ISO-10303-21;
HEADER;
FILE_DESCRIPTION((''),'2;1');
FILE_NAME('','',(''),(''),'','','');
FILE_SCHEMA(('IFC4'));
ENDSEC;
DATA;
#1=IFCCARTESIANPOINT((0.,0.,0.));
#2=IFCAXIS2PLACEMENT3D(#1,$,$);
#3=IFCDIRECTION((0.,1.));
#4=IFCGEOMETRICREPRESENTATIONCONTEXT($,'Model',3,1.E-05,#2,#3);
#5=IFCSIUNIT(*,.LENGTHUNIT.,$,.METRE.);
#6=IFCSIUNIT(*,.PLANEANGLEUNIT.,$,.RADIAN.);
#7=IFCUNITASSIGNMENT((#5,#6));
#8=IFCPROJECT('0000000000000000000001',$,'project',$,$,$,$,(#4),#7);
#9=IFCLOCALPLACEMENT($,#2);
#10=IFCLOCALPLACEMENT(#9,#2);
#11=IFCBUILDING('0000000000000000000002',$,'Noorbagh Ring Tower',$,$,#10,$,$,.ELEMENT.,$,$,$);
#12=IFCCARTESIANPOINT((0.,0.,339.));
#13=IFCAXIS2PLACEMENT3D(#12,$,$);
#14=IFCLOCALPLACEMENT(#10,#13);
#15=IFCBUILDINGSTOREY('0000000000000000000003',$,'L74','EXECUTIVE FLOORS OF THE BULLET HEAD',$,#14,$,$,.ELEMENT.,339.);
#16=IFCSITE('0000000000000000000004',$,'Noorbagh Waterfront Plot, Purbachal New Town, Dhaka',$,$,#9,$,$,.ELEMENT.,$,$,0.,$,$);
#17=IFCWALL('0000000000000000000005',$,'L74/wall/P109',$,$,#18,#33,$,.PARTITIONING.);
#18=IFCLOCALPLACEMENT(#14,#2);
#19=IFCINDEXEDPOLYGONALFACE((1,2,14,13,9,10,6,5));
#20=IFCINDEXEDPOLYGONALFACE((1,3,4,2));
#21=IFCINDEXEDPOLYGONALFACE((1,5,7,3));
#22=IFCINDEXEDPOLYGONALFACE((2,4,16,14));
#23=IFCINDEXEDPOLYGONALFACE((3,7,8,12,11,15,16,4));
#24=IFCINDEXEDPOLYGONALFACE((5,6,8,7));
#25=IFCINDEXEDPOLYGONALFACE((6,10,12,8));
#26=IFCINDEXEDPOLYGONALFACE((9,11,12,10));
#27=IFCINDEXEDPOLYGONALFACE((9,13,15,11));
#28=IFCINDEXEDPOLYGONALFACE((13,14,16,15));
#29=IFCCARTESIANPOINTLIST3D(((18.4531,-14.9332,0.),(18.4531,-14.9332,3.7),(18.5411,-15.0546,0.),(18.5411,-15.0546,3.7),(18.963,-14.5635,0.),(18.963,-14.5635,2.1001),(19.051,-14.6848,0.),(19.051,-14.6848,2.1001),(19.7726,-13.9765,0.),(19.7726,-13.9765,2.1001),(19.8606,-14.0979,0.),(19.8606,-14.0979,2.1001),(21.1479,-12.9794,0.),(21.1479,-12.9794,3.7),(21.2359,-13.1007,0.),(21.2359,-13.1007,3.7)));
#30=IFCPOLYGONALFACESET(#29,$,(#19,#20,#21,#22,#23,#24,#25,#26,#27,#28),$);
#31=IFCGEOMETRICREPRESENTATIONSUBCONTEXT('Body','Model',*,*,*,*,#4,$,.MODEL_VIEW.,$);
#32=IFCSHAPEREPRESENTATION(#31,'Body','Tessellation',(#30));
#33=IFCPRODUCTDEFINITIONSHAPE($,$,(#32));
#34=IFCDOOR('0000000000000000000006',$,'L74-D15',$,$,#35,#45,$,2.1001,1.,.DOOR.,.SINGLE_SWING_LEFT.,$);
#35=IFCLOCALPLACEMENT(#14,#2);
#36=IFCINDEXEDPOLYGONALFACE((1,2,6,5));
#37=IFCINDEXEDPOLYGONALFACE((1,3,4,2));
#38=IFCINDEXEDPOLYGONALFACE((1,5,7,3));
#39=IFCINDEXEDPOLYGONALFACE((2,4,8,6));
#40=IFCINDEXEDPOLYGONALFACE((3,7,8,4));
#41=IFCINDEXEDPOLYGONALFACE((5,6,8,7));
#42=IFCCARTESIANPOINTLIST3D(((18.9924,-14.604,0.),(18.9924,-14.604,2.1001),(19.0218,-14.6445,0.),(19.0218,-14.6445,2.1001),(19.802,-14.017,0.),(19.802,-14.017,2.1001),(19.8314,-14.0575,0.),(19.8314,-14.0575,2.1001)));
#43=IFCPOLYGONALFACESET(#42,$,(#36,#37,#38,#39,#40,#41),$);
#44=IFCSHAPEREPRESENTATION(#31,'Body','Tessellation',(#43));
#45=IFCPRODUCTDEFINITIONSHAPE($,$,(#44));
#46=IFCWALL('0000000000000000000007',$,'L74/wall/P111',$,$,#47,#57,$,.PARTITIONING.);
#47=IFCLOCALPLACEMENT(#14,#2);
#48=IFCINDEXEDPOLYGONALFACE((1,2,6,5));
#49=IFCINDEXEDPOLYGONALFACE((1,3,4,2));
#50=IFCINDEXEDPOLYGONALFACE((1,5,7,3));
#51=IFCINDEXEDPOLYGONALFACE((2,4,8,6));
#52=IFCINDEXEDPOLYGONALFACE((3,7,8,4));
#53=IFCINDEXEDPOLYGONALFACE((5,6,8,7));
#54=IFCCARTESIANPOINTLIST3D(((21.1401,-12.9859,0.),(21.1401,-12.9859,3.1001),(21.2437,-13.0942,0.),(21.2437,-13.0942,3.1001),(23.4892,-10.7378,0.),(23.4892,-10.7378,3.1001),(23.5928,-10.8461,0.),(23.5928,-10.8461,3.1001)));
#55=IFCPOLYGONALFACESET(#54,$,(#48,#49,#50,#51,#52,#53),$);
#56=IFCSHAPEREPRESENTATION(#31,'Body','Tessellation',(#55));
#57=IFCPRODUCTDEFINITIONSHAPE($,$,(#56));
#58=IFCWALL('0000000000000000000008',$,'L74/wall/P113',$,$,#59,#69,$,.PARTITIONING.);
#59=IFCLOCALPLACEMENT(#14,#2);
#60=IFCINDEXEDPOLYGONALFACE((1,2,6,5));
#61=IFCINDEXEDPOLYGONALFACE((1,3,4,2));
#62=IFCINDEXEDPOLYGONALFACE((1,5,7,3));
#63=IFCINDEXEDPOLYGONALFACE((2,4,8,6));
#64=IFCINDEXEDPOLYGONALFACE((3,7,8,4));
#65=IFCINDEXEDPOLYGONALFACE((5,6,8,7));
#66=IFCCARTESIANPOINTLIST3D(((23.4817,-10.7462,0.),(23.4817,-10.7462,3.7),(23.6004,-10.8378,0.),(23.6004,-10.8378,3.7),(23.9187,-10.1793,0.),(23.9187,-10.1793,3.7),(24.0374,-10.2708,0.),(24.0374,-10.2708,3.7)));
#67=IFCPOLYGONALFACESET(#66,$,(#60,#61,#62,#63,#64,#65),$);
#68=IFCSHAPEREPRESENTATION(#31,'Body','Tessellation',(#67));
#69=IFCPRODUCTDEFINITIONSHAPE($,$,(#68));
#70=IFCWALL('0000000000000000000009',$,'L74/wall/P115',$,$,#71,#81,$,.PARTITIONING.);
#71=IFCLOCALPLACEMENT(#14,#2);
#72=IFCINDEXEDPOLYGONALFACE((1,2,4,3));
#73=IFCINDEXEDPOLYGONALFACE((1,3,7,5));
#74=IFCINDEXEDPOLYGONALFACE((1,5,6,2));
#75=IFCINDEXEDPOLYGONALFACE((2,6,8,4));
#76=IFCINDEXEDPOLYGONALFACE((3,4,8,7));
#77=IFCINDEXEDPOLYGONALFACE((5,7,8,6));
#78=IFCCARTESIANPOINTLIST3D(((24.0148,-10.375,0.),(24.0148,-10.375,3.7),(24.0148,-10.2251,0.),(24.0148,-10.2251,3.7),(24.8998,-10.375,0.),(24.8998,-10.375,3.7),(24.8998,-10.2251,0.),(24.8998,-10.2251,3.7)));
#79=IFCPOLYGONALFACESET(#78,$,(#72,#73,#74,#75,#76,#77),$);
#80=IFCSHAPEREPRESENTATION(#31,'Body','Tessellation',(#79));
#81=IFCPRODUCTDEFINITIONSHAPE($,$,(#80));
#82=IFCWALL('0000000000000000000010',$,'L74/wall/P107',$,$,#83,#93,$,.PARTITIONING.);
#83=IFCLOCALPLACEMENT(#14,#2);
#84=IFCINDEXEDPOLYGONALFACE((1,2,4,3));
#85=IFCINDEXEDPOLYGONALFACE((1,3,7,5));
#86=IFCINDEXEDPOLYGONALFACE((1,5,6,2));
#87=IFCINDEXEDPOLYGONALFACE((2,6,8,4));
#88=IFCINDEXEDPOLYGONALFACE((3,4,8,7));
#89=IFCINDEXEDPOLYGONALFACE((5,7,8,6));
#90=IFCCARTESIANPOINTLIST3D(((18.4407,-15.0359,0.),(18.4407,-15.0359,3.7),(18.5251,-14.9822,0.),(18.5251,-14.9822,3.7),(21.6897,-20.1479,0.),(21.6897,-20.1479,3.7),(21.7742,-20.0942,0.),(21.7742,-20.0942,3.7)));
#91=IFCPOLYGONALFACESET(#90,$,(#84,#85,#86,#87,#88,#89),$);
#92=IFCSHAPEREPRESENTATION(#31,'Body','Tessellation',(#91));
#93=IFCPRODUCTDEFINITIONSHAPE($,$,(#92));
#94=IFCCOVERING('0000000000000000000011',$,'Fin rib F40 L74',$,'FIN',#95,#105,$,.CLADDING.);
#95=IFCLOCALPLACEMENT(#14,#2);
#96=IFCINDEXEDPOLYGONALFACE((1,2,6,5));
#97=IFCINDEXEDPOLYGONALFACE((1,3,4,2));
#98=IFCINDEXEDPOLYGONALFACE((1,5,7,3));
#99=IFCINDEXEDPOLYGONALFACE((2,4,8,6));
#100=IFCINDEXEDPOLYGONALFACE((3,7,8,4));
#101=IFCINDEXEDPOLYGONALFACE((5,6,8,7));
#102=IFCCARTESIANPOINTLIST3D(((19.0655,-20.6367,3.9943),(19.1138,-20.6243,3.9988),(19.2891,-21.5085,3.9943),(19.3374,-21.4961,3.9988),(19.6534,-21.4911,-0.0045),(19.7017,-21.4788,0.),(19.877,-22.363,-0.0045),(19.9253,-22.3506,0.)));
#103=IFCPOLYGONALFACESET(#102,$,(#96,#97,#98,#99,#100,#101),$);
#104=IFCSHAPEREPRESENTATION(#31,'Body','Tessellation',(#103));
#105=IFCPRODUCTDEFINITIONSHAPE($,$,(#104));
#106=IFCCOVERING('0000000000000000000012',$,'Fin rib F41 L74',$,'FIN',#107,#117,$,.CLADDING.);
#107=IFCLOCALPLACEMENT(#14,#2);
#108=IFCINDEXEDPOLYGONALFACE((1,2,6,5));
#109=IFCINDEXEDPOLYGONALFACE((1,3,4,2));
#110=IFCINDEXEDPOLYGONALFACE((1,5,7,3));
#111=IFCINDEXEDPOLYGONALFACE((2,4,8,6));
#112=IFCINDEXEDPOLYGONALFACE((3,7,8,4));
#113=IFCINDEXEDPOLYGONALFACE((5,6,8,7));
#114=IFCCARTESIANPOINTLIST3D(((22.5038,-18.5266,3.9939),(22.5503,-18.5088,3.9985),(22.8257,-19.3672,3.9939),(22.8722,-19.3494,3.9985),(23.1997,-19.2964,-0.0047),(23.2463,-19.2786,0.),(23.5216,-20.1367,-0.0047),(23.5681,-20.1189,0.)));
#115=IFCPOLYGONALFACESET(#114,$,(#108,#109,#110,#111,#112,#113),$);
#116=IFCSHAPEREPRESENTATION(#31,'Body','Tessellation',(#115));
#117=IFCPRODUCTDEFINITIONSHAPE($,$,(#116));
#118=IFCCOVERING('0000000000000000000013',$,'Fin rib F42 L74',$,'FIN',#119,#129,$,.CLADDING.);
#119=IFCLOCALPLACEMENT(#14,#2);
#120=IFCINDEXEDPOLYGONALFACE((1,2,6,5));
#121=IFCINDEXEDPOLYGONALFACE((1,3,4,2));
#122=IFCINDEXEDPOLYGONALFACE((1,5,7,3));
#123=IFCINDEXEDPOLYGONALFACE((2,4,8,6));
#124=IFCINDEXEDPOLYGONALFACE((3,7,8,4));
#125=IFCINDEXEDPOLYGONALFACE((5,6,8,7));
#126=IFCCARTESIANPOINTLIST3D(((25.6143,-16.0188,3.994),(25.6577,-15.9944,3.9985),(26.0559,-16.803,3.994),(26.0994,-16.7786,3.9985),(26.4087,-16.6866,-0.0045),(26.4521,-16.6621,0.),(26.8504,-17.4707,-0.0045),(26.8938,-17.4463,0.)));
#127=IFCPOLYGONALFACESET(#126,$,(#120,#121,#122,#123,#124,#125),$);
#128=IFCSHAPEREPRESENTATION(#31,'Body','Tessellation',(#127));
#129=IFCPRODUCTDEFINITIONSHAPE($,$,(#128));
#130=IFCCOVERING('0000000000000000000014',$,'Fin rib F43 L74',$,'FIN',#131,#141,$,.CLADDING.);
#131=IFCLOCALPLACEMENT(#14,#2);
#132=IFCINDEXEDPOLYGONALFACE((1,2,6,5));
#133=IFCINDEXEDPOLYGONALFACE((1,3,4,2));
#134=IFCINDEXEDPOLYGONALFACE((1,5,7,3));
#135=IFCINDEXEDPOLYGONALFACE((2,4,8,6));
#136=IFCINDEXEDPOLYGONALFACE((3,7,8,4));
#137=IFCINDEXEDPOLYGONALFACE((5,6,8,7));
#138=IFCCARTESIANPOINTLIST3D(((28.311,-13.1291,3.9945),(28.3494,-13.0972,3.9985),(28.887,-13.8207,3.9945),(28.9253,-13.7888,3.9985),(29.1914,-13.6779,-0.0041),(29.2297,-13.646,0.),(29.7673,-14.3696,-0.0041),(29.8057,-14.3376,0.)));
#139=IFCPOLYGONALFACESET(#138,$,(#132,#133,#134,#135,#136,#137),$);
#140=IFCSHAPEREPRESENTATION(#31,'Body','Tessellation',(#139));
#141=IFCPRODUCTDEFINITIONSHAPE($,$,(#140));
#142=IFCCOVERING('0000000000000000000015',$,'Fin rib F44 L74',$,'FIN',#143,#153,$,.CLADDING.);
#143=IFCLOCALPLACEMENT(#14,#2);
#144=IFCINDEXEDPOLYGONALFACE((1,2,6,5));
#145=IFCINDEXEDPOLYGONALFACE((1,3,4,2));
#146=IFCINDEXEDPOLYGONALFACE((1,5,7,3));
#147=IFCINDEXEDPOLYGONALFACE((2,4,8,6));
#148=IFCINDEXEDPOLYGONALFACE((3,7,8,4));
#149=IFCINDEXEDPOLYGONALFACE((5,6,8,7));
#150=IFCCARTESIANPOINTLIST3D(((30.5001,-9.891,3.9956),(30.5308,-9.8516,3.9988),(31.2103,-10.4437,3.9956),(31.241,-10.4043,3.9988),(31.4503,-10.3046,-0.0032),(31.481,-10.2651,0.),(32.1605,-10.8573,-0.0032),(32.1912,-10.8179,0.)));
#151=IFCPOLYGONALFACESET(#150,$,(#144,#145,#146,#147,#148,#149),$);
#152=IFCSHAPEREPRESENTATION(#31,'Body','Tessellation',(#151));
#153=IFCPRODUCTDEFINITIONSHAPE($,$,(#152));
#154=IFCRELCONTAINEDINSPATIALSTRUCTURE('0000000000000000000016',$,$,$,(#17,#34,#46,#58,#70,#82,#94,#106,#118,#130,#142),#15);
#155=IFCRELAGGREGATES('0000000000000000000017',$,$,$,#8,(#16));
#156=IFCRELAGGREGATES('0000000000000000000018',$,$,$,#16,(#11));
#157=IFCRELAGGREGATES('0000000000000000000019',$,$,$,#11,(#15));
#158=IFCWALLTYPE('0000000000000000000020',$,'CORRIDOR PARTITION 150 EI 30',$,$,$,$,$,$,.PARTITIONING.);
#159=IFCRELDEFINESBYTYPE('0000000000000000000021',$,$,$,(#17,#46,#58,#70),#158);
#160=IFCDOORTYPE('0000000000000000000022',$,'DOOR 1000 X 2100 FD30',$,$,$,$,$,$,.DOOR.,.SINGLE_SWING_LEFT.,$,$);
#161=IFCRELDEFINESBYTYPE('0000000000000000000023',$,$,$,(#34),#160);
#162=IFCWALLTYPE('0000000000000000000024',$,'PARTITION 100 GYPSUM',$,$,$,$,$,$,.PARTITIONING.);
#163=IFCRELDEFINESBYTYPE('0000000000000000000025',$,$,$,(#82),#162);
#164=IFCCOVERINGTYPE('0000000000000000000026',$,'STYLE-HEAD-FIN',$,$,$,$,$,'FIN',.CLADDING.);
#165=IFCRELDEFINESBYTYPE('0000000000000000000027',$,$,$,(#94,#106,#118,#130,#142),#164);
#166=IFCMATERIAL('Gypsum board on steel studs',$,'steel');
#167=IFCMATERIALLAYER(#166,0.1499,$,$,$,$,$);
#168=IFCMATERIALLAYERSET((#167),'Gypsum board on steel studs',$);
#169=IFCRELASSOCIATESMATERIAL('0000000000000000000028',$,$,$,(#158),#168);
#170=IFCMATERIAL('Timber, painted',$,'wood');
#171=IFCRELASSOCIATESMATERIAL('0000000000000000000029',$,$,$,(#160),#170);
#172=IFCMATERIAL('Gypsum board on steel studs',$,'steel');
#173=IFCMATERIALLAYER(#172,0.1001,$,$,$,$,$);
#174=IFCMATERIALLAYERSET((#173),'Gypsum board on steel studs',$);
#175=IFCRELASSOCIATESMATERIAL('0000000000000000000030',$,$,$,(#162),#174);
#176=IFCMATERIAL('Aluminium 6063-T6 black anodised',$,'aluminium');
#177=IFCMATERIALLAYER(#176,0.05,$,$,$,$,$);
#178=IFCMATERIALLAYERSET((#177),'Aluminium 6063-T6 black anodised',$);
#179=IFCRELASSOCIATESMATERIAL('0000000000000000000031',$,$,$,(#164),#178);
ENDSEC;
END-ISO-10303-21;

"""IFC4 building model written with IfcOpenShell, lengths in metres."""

from ifc_helpers import new_model, si_unit, direction, frame, frame_2d, origin, place, context, subcontext, project, spatial, polyline, rectangle, outline, extrude, material, layer, layer_set, type_object, element, fill, save


model = new_model("IFC4")

# Units and contexts
model_context = context("Model", 3, precision=1e-05, world=origin(), true_north=direction((0.0, 1.0)))
body_context = subcontext(model_context, "Body", "Model", "MODEL_VIEW")
ifc_project = project(units=[si_unit("LENGTHUNIT", "METRE"), si_unit("PLANEANGLEUNIT", "RADIAN")], contexts=[model_context])

# Site, building, storey
site_placement = place(None, origin())
site = spatial("IfcSite", under=ifc_project, at=site_placement, Name="Noorbagh Waterfront Plot, Purbachal New Town, Dhaka", CompositionType="ELEMENT", RefElevation=0.0)
building_placement = place(site_placement, origin())
building = spatial("IfcBuilding", under=site, at=building_placement, Name="Noorbagh Ring Tower", CompositionType="ELEMENT")
storey_placement = place(building_placement, frame((0.0, 0.0, 339.0)))
storey = spatial("IfcBuildingStorey", under=building, at=storey_placement, Name="L74", Description="EXECUTIVE FLOORS OF THE BULLET HEAD", CompositionType="ELEMENT", Elevation=339.0)

# Shared definitions
ifc_material_1 = material(Name="Gypsum board on steel studs", Category="steel")
ifc_layer_1 = layer(ifc_material_1, 0.1499)
ifc_layer_set_1 = layer_set([ifc_layer_1], Name="Gypsum board on steel studs")
wall_type_1 = type_object("IfcWallType", Name="CORRIDOR PARTITION 150 EI 30", PredefinedType="PARTITIONING", material=ifc_layer_set_1)

# Wall, opening, door
wall_1_placement = place(storey_placement, frame((18.4971, -14.9939, 0.0), z_axis=(0.0, 0.0, 1.0), x_axis=(0.809595, 0.586989, 0.0)))
wall_1 = element("IfcWall", 1, at=wall_1_placement, inside=storey, type_object=wall_type_1, Name="L74/wall/P109", PredefinedType="PARTITIONING", context=body_context, shape_type="SweptSolid", body=[
    extrude(rectangle(XDim=3.3286, YDim=0.1499, at=frame_2d((1.6643, 0.0))), origin(), (0.0, 0.0, 1.0), 3.7),
])
opening_placement = place(wall_1_placement, frame((0.6299, 0.0, 0.0)))
opening = element("IfcOpeningElement", 2, at=opening_placement, cuts=wall_1, PredefinedType="OPENING", context=body_context, shape_type="SweptSolid", body=[
    extrude(rectangle(XDim=1.0, YDim=2.1001, at=frame_2d((0.5, 1.05))), frame((0.0, 0.085, 0.0), z_axis=(0.0, -1.0, 0.0), x_axis=(1.0, 0.0, 0.0)), (0.0, 0.0, 1.0), 0.1699),
])
ifc_material_2 = material(Name="Timber, painted", Category="wood")
door_type = type_object("IfcDoorType", Name="DOOR 1000 X 2100 FD30", OperationType="SINGLE_SWING_LEFT", PredefinedType="DOOR", material=ifc_material_2)
door_placement = place(opening_placement, origin())
door = element("IfcDoor", 3, at=door_placement, inside=storey, type_object=door_type, Name="L74-D15", OperationType="SINGLE_SWING_LEFT", OverallHeight=2.1001, OverallWidth=1.0, PredefinedType="DOOR", context=body_context, shape_type="SweptSolid", body=[
    extrude(rectangle(XDim=1.0, YDim=2.1001, at=frame_2d((0.5, 1.05))), frame((0.0, 0.0249, 0.0), z_axis=(0.0, -1.0, 0.0), x_axis=(1.0, 0.0, 0.0)), (0.0, 0.0, 1.0), 0.05),
])
fill(opening, door)

# Walls
wall_2_placement = place(storey_placement, frame((21.1919, -13.04, 0.0), z_axis=(0.0, 0.0, 1.0), x_axis=(0.722479, 0.691393, 0.0)))
element("IfcWall", 4, at=wall_2_placement, inside=storey, type_object=wall_type_1, Name="L74/wall/P111", PredefinedType="PARTITIONING", context=body_context, shape_type="SweptSolid", body=[
    extrude(rectangle(XDim=3.2515, YDim=0.1499, at=frame_2d((1.6257, 0.0))), origin(), (0.0, 0.0, 1.0), 3.1001),
])
wall_3_placement = place(storey_placement, frame((23.541, -10.792, 0.0), z_axis=(0.0, 0.0, 1.0), x_axis=(0.610535, 0.79199, 0.0)))
element("IfcWall", 5, at=wall_3_placement, inside=storey, type_object=wall_type_1, Name="L74/wall/P113", PredefinedType="PARTITIONING", context=body_context, shape_type="SweptSolid", body=[
    extrude(rectangle(XDim=0.7158, YDim=0.1499, at=frame_2d((0.3579, 0.0))), origin(), (0.0, 0.0, 1.0), 3.7),
])
wall_4_placement = place(storey_placement, frame((24.0149, -10.3, 0.0), z_axis=(0.0, 0.0, 1.0), x_axis=(1.0, 0.0, 0.0)))
element("IfcWall", 6, at=wall_4_placement, inside=storey, type_object=wall_type_1, Name="L74/wall/P115", PredefinedType="PARTITIONING", context=body_context, shape_type="SweptSolid", body=[
    extrude(rectangle(XDim=0.885, YDim=0.1499, at=frame_2d((0.4424, 0.0))), origin(), (0.0, 0.0, 1.0), 3.7),
])
ifc_material_3 = material(Name="Gypsum board on steel studs", Category="steel")
ifc_layer_2 = layer(ifc_material_3, 0.1001)
ifc_layer_set_2 = layer_set([ifc_layer_2], Name="Gypsum board on steel studs")
wall_type_2 = type_object("IfcWallType", Name="PARTITION 100 GYPSUM", PredefinedType="PARTITIONING", material=ifc_layer_set_2)
wall_5_placement = place(storey_placement, frame((18.4829, -15.009, 0.0), z_axis=(0.0, 0.0, 1.0), x_axis=(0.536393, -0.843968, 0.0)))
element("IfcWall", 7, at=wall_5_placement, inside=storey, type_object=wall_type_2, Name="L74/wall/P107", PredefinedType="PARTITIONING", context=body_context, shape_type="SweptSolid", body=[
    extrude(rectangle(XDim=6.0571, YDim=0.1001, at=frame_2d((3.0286, 0.0))), origin(), (0.0, 0.0, 1.0), 3.7),
])

# Coverings
ifc_material_4 = material(Name="Aluminium 6063-T6 black anodised", Category="aluminium")
ifc_layer_3 = layer(ifc_material_4, 0.05)
ifc_layer_set_3 = layer_set([ifc_layer_3], Name="Aluminium 6063-T6 black anodised")
covering_type_1 = type_object("IfcCoveringType", Name="STYLE-HEAD-FIN", ElementType="FIN", PredefinedType="CLADDING", material=ifc_layer_set_3)
covering_1_placement = place(storey_placement, frame((19.9253, -22.3506, 0.0), z_axis=(0.9648, 0.247482, 0.088959), x_axis=(-0.142308, 0.206844, 0.967969)))
element("IfcCovering", 8, at=covering_1_placement, inside=storey, type_object=covering_type_1, Name="Fin rib F40 L74", ObjectType="FIN", PredefinedType="CLADDING", context=body_context, shape_type="SweptSolid", body=[
    extrude(outline(polyline([(0.0, 0.0), (4.1311, 0.0), (4.3433, -0.8747), (0.2122, -0.8747), (0.0, 0.0)])), origin(), (0.0, 0.0, -1.0), 0.05),
])
covering_2_placement = place(storey_placement, frame((23.5681, -20.1189, 0.0), z_axis=(0.929777, 0.356111, 0.093277), x_axis=(-0.168453, 0.186279, 0.967948)))
element("IfcCovering", 9, at=covering_2_placement, inside=storey, type_object=covering_type_1, Name="Fin rib F41 L74", ObjectType="FIN", PredefinedType="CLADDING", context=body_context, shape_type="SweptSolid", body=[
    extrude(outline(polyline([(0.0, 0.0), (4.1309, 0.0), (4.3418, -0.8751), (0.2107, -0.8748), (0.0, 0.0)])), origin(), (0.0, 0.0, -1.0), 0.05),
])
covering_3_placement = place(storey_placement, frame((26.8938, -17.4463, 0.0), z_axis=(0.867716, 0.488698, 0.09079), x_axis=(-0.19231, 0.161637, 0.967931)))
element("IfcCovering", 10, at=covering_3_placement, inside=storey, type_object=covering_type_1, Name="Fin rib F42 L74", ObjectType="FIN", PredefinedType="CLADDING", context=body_context, shape_type="SweptSolid", body=[
    extrude(outline(polyline([(0.0, 0.0), (4.131, 0.0), (4.3427, -0.8747), (0.2117, -0.8747), (0.0, 0.0)])), origin(), (0.0, 0.0, -1.0), 0.05),
])
covering_4_placement = place(storey_placement, frame((29.8057, -14.3376, 0.0), z_axis=(0.765935, 0.637783, 0.081098), x_axis=(-0.213117, 0.132858, 0.967951)))
element("IfcCovering", 11, at=covering_4_placement, inside=storey, type_object=covering_type_1, Name="Fin rib F43 L74", ObjectType="FIN", PredefinedType="CLADDING", context=body_context, shape_type="SweptSolid", body=[
    extrude(outline(polyline([(0.0, 0.0), (4.1309, 0.0), (4.3456, -0.8741), (0.2146, -0.8741), (0.0, 0.0)])), origin(), (0.0, 0.0, -1.0), 0.05),
])
covering_5_placement = place(storey_placement, frame((32.1912, -10.8179, 0.0), z_axis=(0.612918, 0.787535, 0.064192), x_axis=(-0.230023, 0.100118, 0.968022)))
element("IfcCovering", 12, at=covering_5_placement, inside=storey, type_object=covering_type_1, Name="Fin rib F44 L74", ObjectType="FIN", PredefinedType="CLADDING", context=body_context, shape_type="SweptSolid", body=[
    extrude(outline(polyline([(0.0, 0.0), (4.1309, 0.0), (4.3496, -0.873), (0.2187, -0.873), (0.0, 0.0)])), origin(), (0.0, 0.0, -1.0), 0.05),
])

save(model, "model.ifc")
